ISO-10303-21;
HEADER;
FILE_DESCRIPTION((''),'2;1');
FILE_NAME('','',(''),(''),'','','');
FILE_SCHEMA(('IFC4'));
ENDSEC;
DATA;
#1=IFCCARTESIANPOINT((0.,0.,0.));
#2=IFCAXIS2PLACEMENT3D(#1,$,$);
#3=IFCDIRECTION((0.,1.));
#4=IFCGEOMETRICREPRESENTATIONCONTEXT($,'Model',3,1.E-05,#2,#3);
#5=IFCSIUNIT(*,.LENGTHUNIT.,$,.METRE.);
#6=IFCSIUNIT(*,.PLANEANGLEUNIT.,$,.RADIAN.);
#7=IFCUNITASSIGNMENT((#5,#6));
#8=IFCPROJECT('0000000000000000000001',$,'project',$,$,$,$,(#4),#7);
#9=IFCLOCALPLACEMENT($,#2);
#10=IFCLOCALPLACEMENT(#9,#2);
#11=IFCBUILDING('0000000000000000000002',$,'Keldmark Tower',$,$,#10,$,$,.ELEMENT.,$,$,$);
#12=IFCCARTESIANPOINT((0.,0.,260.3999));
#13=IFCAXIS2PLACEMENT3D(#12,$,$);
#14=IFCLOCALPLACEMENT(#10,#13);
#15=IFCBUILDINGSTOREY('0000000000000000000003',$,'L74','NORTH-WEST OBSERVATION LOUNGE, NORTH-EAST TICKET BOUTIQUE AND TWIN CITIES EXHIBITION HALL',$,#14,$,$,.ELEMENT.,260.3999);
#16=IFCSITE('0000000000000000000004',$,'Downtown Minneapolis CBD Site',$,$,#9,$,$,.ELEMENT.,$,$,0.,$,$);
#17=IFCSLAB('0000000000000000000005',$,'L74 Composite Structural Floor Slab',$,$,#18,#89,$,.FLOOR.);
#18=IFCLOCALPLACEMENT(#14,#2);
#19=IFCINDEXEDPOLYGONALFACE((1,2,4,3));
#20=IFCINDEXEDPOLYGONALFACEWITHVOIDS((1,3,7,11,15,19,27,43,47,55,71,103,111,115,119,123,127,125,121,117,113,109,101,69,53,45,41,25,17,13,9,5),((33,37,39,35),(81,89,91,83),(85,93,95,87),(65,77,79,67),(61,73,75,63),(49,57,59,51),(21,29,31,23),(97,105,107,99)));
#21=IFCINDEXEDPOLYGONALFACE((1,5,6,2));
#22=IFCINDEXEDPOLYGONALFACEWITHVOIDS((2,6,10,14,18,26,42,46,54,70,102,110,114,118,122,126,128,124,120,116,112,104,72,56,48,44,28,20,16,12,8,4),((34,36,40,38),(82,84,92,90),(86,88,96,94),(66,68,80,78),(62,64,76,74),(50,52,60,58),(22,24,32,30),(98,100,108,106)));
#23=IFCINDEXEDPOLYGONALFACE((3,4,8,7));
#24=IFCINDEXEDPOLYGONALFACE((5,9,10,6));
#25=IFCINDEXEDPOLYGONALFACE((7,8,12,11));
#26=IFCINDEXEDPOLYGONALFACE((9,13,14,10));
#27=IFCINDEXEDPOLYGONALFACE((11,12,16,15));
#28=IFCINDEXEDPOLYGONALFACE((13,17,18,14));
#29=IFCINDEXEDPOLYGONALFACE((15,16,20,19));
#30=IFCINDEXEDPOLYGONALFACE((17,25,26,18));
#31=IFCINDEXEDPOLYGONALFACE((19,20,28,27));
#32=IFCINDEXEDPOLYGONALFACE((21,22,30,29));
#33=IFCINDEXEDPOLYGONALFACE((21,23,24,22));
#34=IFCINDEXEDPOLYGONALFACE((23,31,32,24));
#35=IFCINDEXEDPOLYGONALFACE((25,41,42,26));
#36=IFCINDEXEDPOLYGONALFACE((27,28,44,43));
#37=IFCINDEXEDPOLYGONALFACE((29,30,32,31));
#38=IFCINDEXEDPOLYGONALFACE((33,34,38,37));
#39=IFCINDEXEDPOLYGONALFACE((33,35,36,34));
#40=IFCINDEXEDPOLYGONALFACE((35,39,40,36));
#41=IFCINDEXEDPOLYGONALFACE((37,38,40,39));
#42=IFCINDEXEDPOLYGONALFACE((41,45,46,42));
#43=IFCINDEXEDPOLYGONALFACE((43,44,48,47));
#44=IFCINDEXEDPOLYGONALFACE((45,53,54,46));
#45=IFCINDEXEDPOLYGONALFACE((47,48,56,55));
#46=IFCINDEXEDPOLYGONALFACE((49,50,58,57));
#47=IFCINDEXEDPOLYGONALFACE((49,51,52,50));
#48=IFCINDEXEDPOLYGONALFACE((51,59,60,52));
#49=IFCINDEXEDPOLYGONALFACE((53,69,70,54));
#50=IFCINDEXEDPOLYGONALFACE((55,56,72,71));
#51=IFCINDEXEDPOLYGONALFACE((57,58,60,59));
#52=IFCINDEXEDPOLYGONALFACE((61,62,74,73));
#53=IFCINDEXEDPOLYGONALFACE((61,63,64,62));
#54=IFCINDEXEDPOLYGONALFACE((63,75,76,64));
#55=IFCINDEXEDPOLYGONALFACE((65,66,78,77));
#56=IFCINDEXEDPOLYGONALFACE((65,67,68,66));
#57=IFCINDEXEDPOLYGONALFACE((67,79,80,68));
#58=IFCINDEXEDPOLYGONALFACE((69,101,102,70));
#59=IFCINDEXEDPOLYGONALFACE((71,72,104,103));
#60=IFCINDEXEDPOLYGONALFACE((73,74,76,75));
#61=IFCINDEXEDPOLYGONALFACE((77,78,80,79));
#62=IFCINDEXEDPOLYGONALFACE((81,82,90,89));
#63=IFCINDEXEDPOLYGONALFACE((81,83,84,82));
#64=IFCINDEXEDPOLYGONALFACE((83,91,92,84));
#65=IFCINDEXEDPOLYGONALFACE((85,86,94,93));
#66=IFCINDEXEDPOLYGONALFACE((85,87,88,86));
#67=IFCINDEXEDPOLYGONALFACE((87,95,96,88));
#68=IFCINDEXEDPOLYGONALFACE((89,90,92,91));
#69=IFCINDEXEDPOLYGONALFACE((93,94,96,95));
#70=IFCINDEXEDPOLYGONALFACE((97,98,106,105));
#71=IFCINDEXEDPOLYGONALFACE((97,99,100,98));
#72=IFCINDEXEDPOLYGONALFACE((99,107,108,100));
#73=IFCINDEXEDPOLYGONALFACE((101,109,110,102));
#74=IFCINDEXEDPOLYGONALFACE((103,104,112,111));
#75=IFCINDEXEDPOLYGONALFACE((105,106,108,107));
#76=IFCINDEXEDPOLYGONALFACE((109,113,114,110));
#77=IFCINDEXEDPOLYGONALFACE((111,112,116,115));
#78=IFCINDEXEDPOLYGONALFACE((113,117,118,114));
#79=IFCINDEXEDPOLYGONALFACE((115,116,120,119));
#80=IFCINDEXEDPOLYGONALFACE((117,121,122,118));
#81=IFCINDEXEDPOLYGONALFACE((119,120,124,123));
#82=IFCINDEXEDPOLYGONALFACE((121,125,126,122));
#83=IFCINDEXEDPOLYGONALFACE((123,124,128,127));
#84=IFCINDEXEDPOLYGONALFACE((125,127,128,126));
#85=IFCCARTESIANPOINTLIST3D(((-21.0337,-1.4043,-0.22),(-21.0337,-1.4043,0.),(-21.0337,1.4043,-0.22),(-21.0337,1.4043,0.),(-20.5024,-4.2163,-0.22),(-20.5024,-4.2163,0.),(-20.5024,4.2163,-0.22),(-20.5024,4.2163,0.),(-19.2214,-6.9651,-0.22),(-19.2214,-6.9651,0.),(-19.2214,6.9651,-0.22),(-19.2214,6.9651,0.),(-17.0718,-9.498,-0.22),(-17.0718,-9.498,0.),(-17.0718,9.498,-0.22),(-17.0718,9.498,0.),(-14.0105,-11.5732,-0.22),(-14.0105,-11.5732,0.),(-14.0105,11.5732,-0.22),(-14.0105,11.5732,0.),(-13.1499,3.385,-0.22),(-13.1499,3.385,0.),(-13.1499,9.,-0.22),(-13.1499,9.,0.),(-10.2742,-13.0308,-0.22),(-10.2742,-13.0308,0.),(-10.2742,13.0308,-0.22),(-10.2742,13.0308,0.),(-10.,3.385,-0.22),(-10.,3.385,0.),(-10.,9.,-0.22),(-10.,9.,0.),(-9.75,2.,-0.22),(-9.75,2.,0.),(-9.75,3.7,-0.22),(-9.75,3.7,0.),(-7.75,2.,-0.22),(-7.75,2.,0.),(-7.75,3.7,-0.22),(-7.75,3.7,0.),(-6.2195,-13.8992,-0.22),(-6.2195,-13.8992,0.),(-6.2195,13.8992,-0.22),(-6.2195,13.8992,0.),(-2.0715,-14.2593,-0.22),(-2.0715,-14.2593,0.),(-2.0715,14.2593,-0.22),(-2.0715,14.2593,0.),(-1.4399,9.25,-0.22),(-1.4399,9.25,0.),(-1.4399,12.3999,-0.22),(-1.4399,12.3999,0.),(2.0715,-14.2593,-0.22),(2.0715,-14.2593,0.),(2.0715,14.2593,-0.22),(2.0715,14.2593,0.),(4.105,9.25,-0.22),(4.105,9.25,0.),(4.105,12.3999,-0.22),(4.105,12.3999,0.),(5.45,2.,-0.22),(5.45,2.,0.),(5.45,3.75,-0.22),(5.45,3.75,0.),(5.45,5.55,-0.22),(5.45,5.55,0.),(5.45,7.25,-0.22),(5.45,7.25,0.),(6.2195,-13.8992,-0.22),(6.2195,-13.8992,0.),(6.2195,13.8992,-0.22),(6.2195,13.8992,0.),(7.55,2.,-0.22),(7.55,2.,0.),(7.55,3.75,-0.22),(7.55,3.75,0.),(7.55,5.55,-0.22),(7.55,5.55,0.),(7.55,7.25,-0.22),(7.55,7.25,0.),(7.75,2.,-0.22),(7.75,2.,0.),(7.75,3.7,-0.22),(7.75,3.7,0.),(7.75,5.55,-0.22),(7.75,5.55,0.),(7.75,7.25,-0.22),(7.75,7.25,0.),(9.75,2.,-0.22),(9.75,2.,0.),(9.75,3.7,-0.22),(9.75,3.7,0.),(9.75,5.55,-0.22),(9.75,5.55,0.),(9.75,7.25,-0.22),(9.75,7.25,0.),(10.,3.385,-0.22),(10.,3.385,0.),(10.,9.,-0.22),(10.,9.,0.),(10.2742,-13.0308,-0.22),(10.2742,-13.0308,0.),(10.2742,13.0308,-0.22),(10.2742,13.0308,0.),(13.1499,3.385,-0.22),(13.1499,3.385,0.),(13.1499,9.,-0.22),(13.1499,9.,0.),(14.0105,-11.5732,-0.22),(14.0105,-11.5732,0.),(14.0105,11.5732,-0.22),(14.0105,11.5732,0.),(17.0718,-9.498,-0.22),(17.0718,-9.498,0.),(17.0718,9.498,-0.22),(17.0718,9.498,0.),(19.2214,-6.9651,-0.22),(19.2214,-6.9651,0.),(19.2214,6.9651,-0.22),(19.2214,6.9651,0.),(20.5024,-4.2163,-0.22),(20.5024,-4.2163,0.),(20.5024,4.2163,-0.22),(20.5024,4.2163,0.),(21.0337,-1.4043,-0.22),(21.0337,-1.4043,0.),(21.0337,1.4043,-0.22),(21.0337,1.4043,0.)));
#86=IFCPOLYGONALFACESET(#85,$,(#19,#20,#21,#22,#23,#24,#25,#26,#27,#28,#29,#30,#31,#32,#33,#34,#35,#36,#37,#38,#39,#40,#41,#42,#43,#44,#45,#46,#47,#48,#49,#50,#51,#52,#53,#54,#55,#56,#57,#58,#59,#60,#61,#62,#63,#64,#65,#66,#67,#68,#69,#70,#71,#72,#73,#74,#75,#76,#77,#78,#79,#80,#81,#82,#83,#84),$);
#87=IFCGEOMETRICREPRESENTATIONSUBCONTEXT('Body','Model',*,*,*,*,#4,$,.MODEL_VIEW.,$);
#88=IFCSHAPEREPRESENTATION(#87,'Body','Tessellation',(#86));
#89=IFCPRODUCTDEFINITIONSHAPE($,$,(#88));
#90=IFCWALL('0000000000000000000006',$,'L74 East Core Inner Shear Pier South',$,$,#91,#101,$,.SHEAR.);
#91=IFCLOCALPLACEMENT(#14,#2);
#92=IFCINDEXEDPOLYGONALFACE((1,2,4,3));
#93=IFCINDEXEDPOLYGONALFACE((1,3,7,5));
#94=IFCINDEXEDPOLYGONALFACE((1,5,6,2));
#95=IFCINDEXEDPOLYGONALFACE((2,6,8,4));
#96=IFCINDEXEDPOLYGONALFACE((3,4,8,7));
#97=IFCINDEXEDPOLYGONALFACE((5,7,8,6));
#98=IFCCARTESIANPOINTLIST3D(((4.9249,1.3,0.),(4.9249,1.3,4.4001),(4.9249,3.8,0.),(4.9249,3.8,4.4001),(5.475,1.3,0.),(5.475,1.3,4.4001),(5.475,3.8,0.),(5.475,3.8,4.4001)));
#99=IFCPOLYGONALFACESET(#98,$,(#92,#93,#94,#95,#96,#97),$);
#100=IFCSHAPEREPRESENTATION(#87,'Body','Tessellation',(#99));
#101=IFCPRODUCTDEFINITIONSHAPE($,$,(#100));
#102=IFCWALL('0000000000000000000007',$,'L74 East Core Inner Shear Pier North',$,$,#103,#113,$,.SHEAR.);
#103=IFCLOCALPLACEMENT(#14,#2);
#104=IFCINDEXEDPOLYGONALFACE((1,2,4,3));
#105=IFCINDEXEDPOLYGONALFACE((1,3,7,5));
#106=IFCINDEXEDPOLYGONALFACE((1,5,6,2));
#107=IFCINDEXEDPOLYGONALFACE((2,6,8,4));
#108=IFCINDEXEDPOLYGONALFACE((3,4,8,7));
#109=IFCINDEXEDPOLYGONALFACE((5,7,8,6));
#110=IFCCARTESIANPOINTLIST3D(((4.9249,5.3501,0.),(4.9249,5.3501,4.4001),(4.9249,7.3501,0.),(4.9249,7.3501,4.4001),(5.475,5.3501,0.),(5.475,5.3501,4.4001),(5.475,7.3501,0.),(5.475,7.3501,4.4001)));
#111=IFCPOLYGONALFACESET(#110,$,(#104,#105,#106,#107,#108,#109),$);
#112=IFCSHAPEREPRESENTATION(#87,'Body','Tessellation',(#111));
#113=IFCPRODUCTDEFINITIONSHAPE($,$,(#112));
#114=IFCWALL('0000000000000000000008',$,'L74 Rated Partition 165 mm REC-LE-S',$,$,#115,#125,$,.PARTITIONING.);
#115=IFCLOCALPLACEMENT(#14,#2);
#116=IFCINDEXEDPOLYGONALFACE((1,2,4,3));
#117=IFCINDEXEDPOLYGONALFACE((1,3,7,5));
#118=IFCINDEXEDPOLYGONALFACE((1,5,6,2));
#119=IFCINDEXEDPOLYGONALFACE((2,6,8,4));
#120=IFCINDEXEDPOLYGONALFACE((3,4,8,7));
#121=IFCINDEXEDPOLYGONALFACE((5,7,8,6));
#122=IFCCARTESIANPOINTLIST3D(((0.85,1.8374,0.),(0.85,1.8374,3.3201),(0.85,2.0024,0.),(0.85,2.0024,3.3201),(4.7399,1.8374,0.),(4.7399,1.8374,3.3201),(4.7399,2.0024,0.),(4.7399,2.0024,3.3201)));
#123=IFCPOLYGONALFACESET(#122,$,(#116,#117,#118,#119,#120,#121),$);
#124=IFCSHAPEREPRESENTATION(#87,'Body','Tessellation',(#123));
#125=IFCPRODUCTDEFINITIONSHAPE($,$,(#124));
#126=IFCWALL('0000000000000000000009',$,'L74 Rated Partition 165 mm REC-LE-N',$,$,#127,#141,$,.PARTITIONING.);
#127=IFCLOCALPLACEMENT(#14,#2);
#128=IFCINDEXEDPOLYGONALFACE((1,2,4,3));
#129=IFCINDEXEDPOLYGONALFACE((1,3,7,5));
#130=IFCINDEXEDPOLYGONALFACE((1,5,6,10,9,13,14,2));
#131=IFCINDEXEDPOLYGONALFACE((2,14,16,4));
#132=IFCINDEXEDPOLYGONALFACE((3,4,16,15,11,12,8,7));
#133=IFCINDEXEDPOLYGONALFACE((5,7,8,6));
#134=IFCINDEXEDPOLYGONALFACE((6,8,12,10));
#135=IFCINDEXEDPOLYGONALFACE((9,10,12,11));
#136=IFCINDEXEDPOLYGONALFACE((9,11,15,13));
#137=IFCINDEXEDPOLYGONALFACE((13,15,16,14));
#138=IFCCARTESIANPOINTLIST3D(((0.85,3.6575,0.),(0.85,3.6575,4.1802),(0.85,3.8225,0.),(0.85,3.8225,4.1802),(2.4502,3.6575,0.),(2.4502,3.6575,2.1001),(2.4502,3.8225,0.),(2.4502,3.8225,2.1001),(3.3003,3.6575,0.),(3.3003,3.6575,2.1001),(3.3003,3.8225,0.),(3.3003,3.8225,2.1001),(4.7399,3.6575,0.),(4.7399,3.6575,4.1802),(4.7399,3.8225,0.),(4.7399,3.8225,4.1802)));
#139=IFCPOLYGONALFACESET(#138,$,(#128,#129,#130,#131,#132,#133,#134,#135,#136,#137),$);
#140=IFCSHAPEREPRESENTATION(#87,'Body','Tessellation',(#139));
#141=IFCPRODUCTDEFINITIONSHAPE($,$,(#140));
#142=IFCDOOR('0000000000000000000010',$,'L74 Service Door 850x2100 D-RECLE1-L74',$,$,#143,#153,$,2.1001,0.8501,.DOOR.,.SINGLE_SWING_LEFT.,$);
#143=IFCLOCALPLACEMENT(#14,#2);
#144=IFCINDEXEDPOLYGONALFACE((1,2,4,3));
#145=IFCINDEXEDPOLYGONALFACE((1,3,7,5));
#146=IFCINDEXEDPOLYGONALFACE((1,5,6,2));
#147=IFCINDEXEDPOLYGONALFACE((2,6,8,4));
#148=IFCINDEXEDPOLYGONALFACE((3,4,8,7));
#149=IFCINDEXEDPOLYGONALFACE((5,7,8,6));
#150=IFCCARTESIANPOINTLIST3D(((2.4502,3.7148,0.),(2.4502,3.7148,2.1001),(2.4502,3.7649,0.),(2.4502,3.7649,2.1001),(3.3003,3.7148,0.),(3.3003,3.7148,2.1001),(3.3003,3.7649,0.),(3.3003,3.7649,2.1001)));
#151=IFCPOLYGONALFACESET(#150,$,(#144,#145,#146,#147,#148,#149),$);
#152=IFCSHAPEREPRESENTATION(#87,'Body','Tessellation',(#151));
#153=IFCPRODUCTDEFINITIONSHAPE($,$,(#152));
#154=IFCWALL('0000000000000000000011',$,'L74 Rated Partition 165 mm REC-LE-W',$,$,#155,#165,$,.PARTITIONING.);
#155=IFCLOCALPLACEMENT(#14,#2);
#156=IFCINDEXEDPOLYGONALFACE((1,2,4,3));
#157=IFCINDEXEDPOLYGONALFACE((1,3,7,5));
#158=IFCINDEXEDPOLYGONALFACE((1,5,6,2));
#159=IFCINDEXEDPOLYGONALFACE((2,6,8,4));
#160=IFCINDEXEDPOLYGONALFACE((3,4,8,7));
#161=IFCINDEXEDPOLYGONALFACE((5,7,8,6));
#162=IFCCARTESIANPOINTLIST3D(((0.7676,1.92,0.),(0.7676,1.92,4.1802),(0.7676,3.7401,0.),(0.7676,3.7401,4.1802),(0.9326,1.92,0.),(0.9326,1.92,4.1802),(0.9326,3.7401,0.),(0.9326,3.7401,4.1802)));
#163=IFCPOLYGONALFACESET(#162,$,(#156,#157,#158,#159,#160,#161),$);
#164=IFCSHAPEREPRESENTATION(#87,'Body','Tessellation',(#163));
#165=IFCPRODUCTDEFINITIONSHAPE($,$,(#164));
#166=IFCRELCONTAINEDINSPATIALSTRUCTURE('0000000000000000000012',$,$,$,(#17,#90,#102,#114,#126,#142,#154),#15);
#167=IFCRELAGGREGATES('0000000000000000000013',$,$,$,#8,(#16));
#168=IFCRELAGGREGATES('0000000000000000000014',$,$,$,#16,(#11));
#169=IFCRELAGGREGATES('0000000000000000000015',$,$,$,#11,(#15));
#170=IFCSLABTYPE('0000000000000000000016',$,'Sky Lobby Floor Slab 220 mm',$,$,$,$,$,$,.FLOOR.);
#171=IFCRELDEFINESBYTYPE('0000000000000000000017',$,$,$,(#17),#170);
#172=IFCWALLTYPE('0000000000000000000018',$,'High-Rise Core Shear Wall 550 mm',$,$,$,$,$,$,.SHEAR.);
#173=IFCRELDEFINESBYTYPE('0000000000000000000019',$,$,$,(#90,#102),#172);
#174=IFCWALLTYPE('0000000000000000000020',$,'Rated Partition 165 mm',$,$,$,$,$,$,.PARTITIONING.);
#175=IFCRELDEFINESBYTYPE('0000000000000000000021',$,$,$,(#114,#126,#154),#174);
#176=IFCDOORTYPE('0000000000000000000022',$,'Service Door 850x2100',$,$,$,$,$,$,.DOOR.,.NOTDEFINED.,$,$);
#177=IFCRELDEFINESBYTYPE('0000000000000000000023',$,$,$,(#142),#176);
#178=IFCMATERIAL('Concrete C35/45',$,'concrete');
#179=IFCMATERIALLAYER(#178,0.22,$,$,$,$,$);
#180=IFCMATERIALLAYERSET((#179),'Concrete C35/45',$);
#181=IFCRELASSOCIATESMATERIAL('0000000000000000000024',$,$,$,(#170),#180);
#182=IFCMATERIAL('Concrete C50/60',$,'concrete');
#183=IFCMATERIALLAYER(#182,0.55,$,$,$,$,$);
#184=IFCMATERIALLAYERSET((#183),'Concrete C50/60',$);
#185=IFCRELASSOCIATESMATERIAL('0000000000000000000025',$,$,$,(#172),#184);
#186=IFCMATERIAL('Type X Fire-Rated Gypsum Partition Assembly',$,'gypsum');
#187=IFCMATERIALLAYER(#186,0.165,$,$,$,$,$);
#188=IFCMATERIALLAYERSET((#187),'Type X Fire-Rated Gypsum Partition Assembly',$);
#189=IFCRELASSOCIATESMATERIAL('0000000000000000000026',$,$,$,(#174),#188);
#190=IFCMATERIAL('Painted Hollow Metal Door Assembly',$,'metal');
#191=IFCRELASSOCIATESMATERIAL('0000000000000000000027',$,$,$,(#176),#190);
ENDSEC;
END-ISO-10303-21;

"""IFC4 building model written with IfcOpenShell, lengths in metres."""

from ifc_helpers import new_model, si_unit, direction, frame, frame_2d, origin, place, context, subcontext, project, spatial, polyline, rectangle, outline, extrude, material, layer, layer_set, type_object, element, fill, save


model = new_model("IFC4")

# Units and contexts
model_context = context("Model", 3, precision=1e-05, world=origin(), true_north=direction((0.0, 1.0)))
body_context = subcontext(model_context, "Body", "Model", "MODEL_VIEW")
ifc_project = project(units=[si_unit("LENGTHUNIT", "METRE"), si_unit("PLANEANGLEUNIT", "RADIAN")], contexts=[model_context])

# Site, building, storey
site_placement = place(None, origin())
site = spatial("IfcSite", under=ifc_project, at=site_placement, Name="Downtown Minneapolis CBD Site", CompositionType="ELEMENT", RefElevation=0.0)
building_placement = place(site_placement, origin())
building = spatial("IfcBuilding", under=site, at=building_placement, Name="Keldmark Tower", CompositionType="ELEMENT")
storey_placement = place(building_placement, frame((0.0, 0.0, 260.3999)))
storey = spatial("IfcBuildingStorey", under=building, at=storey_placement, Name="L74", Description="NORTH-WEST OBSERVATION LOUNGE, NORTH-EAST TICKET BOUTIQUE AND TWIN CITIES EXHIBITION HALL", CompositionType="ELEMENT", Elevation=260.3999)

# Slab
ifc_material_1 = material(Name="Concrete C35/45", Category="concrete")
ifc_layer_1 = layer(ifc_material_1, 0.22)
ifc_layer_set_1 = layer_set([ifc_layer_1], Name="Concrete C35/45")
slab_type_1 = type_object("IfcSlabType", Name="Sky Lobby Floor Slab 220 mm", PredefinedType="FLOOR", material=ifc_layer_set_1)
slab_1_placement = place(storey_placement, frame((0.0, 0.0, -0.22)))
element("IfcSlab", 1, at=slab_1_placement, inside=storey, type_object=slab_type_1, Name="L74 Composite Structural Floor Slab", PredefinedType="FLOOR", context=body_context, shape_type="SweptSolid", body=[
    extrude(outline(polyline([(21.0337, 1.4043), (20.5024, 4.2163), (19.2214, 6.9651), (17.0718, 9.498), (14.0105, 11.5732), (10.2742, 13.0308), (6.2195, 13.8992), (2.0715, 14.2593), (-2.0715, 14.2593), (-6.2195, 13.8992), (-10.2742, 13.0308), (-14.0105, 11.5732), (-17.0718, 9.498), (-19.2214, 6.9651), (-20.5024, 4.2163), (-21.0337, 1.4043), (-21.0337, -1.4043), (-20.5024, -4.2163), (-19.2214, -6.9651), (-17.0718, -9.498), (-14.0105, -11.5732), (-10.2742, -13.0308), (-6.2195, -13.8992), (-2.0715, -14.2593), (2.0715, -14.2593), (6.2195, -13.8992), (10.2742, -13.0308), (14.0105, -11.5732), (17.0718, -9.498), (19.2214, -6.9651), (20.5024, -4.2163), (21.0337, -1.4043), (21.0337, 1.4043)]), holes=[polyline([(-10.0, 3.385), (-10.0, 9.0), (-13.1499, 9.0), (-13.1499, 3.385), (-10.0, 3.385)]), polyline([(13.1499, 3.385), (13.1499, 9.0), (10.0, 9.0), (10.0, 3.385), (13.1499, 3.385)]), polyline([(-1.4399, 9.25), (4.105, 9.25), (4.105, 12.3999), (-1.4399, 12.3999), (-1.4399, 9.25)]), polyline([(-9.75, 2.0), (-7.75, 2.0), (-7.75, 3.7), (-9.75, 3.7), (-9.75, 2.0)]), polyline([(7.75, 2.0), (9.75, 2.0), (9.75, 3.7), (7.75, 3.7), (7.75, 2.0)]), polyline([(5.45, 2.0), (7.55, 2.0), (7.55, 3.75), (5.45, 3.75), (5.45, 2.0)]), polyline([(5.45, 5.55), (7.55, 5.55), (7.55, 7.25), (5.45, 7.25), (5.45, 5.55)]), polyline([(7.75, 5.55), (9.75, 5.55), (9.75, 7.25), (7.75, 7.25), (7.75, 5.55)])]), origin(), (0.0, 0.0, 1.0), 0.22),
])

# Walls
ifc_material_2 = material(Name="Concrete C50/60", Category="concrete")
ifc_layer_2 = layer(ifc_material_2, 0.55)
ifc_layer_set_2 = layer_set([ifc_layer_2], Name="Concrete C50/60")
wall_type_1 = type_object("IfcWallType", Name="High-Rise Core Shear Wall 550 mm", PredefinedType="SHEAR", material=ifc_layer_set_2)
wall_1_placement = place(storey_placement, frame((5.2, 1.3, 0.0), z_axis=(0.0, 0.0, 1.0), x_axis=(0.0, 1.0, 0.0)))
element("IfcWall", 2, at=wall_1_placement, inside=storey, type_object=wall_type_1, Name="L74 East Core Inner Shear Pier South", PredefinedType="SHEAR", context=body_context, shape_type="SweptSolid", body=[
    extrude(rectangle(XDim=2.5, YDim=0.55, at=frame_2d((1.25, 0.0))), origin(), (0.0, 0.0, 1.0), 4.4001),
])
wall_2_placement = place(storey_placement, frame((5.2, 5.3501, 0.0), z_axis=(0.0, 0.0, 1.0), x_axis=(0.0, 1.0, 0.0)))
element("IfcWall", 3, at=wall_2_placement, inside=storey, type_object=wall_type_1, Name="L74 East Core Inner Shear Pier North", PredefinedType="SHEAR", context=body_context, shape_type="SweptSolid", body=[
    extrude(rectangle(XDim=2.0, YDim=0.55, at=frame_2d((1.0, 0.0))), origin(), (0.0, 0.0, 1.0), 4.4001),
])
ifc_material_3 = material(Name="Type X Fire-Rated Gypsum Partition Assembly", Category="gypsum")
ifc_layer_3 = layer(ifc_material_3, 0.165)
ifc_layer_set_3 = layer_set([ifc_layer_3], Name="Type X Fire-Rated Gypsum Partition Assembly")
wall_type_2 = type_object("IfcWallType", Name="Rated Partition 165 mm", PredefinedType="PARTITIONING", material=ifc_layer_set_3)
wall_3_placement = place(storey_placement, frame((0.8501, 1.9199, 0.0), z_axis=(0.0, 0.0, 1.0), x_axis=(1.0, 0.0, 0.0)))
element("IfcWall", 4, at=wall_3_placement, inside=storey, type_object=wall_type_2, Name="L74 Rated Partition 165 mm REC-LE-S", PredefinedType="PARTITIONING", context=body_context, shape_type="SweptSolid", body=[
    extrude(rectangle(XDim=3.8899, YDim=0.165, at=frame_2d((1.9448, 0.0))), origin(), (0.0, 0.0, 1.0), 3.3201),
])

# Wall, opening, door
wall_4_placement = place(storey_placement, frame((0.8501, 3.74, 0.0), z_axis=(0.0, 0.0, 1.0), x_axis=(1.0, 0.0, 0.0)))
wall_4 = element("IfcWall", 5, at=wall_4_placement, inside=storey, type_object=wall_type_2, Name="L74 Rated Partition 165 mm REC-LE-N", PredefinedType="PARTITIONING", context=body_context, shape_type="SweptSolid", body=[
    extrude(rectangle(XDim=3.8899, YDim=0.165, at=frame_2d((1.9448, 0.0))), origin(), (0.0, 0.0, 1.0), 4.1802),
])
opening_1_placement = place(wall_4_placement, frame((1.6001, 0.0, 0.0)))
opening_1 = element("IfcOpeningElement", 6, at=opening_1_placement, cuts=wall_4, PredefinedType="OPENING", context=body_context, shape_type="SweptSolid", body=[
    extrude(rectangle(XDim=0.8501, YDim=2.1001, at=frame_2d((0.425, 1.05))), frame((0.0, 0.0925, 0.0), z_axis=(0.0, -1.0, 0.0), x_axis=(1.0, 0.0, 0.0)), (0.0, 0.0, 1.0), 0.1851),
])
ifc_material_4 = material(Name="Painted Hollow Metal Door Assembly", Category="metal")
door_type_1 = type_object("IfcDoorType", Name="Service Door 850x2100", OperationType="NOTDEFINED", PredefinedType="DOOR", material=ifc_material_4)
door_1_placement = place(opening_1_placement, origin())
door_1 = element("IfcDoor", 7, at=door_1_placement, inside=storey, type_object=door_type_1, Name="L74 Service Door 850x2100 D-RECLE1-L74", OperationType="SINGLE_SWING_LEFT", OverallHeight=2.1001, OverallWidth=0.8501, PredefinedType="DOOR", context=body_context, shape_type="SweptSolid", body=[
    extrude(rectangle(XDim=0.8501, YDim=2.1001, at=frame_2d((0.425, 1.05))), frame((0.0, 0.0249, 0.0), z_axis=(0.0, -1.0, 0.0), x_axis=(1.0, 0.0, 0.0)), (0.0, 0.0, 1.0), 0.05),
])
fill(opening_1, door_1)

# Wall
wall_5_placement = place(storey_placement, frame((0.8501, 1.9199, 0.0), z_axis=(0.0, 0.0, 1.0), x_axis=(0.0, 1.0, 0.0)))
element("IfcWall", 8, at=wall_5_placement, inside=storey, type_object=wall_type_2, Name="L74 Rated Partition 165 mm REC-LE-W", PredefinedType="PARTITIONING", context=body_context, shape_type="SweptSolid", body=[
    extrude(rectangle(XDim=1.8201, YDim=0.165, at=frame_2d((0.9102, 0.0))), origin(), (0.0, 0.0, 1.0), 4.1802),
])

save(model, "model.ifc")
